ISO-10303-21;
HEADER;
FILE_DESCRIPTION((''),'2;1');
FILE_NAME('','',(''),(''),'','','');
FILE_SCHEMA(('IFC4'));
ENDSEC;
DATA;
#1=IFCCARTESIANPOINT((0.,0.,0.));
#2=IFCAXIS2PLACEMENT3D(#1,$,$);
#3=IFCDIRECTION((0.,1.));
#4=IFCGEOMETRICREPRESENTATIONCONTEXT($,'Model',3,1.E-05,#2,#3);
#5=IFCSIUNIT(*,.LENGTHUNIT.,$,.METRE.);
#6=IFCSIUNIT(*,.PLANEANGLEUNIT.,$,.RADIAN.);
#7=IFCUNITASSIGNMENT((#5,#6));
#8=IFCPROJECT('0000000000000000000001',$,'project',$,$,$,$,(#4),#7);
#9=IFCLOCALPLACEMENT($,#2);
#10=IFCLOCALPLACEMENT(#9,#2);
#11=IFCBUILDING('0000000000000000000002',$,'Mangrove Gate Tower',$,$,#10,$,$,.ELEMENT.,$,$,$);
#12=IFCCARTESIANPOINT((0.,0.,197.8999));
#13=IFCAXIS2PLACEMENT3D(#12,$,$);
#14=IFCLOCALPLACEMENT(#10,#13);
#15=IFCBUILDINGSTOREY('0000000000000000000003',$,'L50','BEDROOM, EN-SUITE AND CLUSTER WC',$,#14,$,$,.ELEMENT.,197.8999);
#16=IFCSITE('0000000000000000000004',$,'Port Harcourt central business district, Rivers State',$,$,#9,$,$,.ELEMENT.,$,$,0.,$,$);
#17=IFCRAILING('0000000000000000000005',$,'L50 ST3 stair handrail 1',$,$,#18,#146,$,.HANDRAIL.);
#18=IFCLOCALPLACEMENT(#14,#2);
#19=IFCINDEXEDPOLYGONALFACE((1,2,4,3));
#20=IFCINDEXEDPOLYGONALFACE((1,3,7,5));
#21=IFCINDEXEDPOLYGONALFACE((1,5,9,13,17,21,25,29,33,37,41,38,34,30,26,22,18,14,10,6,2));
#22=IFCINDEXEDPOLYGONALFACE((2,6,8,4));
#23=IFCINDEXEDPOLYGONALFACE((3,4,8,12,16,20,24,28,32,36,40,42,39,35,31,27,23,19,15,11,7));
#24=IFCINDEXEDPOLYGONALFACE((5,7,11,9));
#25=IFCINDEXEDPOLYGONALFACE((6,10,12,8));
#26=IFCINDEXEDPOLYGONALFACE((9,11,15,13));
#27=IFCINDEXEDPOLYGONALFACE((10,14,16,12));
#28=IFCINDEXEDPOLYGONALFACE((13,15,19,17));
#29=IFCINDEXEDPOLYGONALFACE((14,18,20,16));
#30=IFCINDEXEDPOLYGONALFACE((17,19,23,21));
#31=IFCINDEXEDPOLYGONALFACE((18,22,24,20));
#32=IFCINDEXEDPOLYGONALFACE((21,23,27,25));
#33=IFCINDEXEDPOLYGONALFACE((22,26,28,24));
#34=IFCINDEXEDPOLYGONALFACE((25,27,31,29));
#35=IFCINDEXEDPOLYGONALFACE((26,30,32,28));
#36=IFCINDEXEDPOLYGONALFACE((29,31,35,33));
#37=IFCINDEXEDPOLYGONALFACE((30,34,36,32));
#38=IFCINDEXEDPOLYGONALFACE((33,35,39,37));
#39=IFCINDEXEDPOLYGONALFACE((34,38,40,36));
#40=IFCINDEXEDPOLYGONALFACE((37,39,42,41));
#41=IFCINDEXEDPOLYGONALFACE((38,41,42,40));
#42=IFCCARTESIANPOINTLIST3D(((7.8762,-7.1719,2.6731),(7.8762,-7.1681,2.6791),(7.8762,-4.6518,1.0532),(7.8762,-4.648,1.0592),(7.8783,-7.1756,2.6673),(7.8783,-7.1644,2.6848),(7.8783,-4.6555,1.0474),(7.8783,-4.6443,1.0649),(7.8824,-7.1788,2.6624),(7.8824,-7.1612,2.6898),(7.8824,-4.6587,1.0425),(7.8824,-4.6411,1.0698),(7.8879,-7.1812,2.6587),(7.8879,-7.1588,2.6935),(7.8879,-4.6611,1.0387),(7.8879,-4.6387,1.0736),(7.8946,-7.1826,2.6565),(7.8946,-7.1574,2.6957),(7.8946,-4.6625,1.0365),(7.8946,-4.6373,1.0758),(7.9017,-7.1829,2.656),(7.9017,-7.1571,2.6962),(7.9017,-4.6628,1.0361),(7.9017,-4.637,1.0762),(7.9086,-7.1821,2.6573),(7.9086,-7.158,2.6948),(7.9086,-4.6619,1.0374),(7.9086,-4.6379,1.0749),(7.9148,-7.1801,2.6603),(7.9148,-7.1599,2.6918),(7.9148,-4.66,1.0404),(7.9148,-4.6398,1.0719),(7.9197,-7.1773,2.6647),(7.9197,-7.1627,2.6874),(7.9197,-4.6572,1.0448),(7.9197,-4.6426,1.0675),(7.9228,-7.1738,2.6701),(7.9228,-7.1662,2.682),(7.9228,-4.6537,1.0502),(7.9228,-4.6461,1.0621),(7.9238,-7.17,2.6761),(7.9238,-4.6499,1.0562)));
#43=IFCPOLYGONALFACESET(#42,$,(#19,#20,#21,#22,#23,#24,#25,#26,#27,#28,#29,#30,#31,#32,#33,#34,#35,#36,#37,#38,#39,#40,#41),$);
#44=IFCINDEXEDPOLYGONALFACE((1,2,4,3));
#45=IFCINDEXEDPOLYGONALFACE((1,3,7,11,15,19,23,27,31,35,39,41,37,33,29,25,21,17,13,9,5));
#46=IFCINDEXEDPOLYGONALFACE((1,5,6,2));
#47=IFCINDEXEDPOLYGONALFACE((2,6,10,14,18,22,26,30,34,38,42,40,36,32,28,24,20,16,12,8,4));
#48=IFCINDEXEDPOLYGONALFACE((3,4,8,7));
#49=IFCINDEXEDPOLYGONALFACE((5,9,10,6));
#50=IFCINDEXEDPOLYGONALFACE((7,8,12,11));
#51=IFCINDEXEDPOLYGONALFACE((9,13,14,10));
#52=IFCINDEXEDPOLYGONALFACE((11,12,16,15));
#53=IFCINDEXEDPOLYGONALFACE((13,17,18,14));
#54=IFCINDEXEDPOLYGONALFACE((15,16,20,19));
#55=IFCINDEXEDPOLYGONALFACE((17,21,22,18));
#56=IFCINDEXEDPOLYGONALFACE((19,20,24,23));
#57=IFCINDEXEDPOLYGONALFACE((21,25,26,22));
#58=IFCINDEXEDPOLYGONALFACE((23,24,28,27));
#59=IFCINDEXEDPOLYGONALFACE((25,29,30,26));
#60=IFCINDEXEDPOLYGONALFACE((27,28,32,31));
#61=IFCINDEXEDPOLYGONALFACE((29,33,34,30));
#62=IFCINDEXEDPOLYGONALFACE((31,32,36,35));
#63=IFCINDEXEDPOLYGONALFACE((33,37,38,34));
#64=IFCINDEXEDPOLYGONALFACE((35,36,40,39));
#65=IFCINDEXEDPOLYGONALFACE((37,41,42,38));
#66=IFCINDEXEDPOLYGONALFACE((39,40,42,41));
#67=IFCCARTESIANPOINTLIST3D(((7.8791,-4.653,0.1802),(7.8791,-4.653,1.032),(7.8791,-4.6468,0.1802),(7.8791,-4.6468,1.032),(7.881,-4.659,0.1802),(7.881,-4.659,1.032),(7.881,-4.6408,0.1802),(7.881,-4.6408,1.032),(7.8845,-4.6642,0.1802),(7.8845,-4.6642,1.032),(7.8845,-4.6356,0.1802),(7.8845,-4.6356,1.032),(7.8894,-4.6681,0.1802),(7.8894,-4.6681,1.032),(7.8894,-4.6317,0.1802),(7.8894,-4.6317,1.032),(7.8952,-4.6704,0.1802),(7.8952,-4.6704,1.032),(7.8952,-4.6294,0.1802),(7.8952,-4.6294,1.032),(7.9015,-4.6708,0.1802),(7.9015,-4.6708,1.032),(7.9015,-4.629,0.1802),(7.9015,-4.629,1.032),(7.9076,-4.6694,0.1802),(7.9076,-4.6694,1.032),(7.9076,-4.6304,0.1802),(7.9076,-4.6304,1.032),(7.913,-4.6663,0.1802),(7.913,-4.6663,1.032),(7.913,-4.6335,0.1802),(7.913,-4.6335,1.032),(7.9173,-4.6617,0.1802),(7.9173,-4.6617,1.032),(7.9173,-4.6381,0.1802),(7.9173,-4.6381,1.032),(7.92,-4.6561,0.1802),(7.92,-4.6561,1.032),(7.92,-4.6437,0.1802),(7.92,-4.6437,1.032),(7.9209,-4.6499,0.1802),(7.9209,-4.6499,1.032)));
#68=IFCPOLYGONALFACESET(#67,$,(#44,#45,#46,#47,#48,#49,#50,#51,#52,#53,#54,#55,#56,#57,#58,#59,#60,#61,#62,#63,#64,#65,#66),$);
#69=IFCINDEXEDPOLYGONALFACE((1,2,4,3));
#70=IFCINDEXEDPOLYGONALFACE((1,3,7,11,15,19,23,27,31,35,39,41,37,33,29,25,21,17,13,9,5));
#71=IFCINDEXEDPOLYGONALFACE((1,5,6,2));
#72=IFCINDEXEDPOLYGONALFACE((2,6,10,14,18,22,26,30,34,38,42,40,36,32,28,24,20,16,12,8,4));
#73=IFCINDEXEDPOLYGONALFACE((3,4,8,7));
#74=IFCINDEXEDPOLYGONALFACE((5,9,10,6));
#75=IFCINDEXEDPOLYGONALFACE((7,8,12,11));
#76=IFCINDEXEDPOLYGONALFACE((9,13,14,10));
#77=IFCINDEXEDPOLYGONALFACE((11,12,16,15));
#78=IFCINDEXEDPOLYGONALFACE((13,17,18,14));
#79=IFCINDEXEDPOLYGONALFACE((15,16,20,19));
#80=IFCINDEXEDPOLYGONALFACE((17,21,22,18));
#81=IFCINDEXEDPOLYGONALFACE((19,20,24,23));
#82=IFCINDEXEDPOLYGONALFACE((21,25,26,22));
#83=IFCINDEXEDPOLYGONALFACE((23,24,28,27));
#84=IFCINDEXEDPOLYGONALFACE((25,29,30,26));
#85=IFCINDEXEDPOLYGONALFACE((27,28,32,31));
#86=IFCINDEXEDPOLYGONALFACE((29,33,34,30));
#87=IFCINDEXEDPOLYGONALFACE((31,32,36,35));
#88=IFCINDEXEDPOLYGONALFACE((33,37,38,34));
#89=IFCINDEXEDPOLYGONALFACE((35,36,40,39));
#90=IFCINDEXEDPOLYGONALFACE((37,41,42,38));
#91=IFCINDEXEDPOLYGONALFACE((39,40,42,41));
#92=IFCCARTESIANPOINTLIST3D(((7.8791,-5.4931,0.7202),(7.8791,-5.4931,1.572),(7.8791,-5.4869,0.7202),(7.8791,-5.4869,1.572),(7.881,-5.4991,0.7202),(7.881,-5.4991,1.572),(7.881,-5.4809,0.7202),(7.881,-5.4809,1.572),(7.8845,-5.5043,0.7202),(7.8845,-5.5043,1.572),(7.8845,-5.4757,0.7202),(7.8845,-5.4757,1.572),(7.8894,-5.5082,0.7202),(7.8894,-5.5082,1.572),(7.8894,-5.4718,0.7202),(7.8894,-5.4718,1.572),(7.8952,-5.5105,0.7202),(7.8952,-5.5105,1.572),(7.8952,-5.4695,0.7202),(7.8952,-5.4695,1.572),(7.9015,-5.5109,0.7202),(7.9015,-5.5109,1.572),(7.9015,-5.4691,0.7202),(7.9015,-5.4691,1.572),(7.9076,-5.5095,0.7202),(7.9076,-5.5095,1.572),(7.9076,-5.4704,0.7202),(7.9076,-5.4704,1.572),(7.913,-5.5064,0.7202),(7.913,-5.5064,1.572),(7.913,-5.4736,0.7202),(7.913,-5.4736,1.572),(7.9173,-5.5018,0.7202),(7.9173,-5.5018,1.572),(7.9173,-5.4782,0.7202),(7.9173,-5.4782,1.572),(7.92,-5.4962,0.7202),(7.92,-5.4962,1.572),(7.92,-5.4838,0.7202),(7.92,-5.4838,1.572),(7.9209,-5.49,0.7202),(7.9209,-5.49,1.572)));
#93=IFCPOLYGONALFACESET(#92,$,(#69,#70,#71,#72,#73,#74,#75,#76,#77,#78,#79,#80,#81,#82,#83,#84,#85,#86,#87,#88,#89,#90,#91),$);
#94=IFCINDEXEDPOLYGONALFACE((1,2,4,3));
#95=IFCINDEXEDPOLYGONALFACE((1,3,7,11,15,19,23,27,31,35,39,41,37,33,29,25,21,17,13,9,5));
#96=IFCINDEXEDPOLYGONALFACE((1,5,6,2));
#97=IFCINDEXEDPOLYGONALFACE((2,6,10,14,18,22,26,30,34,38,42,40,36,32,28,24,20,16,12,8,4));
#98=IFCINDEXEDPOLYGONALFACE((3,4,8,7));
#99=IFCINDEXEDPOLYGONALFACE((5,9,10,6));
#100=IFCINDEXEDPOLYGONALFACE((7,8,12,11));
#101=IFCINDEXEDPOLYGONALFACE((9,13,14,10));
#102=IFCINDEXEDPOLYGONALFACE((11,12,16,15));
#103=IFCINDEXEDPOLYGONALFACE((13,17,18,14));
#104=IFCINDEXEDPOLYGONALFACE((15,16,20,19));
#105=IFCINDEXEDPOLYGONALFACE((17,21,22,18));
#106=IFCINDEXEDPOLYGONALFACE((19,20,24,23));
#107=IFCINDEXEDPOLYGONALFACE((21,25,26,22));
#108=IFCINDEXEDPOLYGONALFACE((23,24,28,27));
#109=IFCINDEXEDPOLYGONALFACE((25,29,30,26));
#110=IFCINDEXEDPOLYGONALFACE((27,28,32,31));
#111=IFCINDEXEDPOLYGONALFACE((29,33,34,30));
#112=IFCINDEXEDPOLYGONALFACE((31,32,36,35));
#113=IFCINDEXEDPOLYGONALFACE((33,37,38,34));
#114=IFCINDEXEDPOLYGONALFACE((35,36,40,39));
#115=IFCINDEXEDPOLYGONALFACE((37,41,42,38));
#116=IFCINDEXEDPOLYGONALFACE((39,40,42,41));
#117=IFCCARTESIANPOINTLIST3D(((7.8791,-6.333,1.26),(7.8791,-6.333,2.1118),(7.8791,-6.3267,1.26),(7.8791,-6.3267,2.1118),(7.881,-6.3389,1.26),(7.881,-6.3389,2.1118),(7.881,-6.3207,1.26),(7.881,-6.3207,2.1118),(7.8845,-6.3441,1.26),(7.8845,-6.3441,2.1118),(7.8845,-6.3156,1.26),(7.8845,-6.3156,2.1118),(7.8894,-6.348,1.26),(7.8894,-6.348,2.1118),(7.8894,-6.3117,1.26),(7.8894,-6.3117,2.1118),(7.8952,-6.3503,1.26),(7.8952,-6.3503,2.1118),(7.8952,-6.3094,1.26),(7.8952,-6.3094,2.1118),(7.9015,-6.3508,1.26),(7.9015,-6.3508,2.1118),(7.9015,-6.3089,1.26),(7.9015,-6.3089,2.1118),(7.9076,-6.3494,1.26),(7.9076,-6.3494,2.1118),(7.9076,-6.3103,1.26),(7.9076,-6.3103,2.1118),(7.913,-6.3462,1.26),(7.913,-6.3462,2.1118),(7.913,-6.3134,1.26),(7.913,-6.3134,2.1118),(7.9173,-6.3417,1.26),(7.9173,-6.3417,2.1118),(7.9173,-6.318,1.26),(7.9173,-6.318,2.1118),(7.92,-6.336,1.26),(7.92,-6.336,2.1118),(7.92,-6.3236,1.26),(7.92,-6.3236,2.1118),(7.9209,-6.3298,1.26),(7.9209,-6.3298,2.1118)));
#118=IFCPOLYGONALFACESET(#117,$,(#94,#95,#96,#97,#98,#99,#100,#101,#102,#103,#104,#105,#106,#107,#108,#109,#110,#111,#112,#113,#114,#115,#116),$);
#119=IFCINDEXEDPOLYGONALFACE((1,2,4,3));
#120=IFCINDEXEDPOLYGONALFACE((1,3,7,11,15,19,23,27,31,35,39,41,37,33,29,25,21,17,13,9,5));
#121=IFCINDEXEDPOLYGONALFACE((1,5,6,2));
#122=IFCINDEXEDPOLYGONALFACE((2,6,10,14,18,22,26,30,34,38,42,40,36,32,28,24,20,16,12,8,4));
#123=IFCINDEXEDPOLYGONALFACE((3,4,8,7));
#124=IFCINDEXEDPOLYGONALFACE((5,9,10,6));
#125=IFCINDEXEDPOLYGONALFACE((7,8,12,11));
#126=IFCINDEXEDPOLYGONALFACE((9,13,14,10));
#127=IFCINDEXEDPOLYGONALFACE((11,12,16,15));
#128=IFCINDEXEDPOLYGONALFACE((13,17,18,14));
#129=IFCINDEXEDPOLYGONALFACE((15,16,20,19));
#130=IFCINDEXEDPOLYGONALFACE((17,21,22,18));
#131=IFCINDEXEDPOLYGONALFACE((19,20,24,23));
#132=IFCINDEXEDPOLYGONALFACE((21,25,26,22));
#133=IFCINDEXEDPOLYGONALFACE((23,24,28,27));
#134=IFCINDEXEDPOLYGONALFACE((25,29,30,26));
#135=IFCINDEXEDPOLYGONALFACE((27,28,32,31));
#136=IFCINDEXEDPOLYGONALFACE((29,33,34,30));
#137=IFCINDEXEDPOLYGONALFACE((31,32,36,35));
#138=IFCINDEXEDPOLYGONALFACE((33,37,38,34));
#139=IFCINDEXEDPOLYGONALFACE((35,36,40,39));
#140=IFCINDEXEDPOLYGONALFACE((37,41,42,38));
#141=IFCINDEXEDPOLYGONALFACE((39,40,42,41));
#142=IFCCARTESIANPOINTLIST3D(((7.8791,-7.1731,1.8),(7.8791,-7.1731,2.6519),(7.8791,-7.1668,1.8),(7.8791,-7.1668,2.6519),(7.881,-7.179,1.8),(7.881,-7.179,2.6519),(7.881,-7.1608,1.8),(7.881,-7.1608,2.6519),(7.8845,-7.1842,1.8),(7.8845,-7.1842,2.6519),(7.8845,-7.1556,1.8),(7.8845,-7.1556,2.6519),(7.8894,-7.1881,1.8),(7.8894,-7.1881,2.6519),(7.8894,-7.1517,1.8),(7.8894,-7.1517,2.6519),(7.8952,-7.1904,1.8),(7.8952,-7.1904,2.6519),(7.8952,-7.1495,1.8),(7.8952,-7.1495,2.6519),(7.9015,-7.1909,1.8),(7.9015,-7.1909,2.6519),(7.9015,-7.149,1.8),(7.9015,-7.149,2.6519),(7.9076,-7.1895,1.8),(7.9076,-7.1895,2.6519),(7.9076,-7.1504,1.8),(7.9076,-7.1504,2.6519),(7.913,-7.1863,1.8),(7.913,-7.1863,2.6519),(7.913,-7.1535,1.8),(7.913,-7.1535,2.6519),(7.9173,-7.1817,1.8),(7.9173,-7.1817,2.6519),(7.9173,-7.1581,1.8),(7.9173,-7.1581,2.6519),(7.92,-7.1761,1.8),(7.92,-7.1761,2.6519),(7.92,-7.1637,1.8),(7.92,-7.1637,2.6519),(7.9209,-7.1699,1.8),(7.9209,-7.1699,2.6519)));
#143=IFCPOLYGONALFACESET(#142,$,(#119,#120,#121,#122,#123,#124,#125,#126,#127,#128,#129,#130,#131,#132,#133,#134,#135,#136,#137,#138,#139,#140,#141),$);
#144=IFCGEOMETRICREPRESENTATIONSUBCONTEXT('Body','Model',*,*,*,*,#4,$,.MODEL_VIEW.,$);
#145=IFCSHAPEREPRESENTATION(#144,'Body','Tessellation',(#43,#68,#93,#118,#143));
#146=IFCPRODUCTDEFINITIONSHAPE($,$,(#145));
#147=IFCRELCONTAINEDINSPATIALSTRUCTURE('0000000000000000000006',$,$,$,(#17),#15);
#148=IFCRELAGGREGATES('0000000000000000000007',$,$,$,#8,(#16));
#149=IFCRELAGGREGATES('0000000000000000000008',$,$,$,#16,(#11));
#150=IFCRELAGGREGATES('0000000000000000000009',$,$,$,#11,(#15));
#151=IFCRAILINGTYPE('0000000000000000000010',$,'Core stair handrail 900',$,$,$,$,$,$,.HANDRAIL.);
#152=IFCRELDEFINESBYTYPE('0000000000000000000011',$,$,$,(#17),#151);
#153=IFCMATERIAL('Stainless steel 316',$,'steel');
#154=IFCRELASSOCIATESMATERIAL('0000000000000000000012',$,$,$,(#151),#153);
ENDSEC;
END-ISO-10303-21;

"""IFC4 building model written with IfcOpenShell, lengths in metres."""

from ifc_helpers import new_model, si_unit, direction, frame, origin, origin_2d, place, context, subcontext, project, spatial, circle, extrude, material, type_object, element, save


model = new_model("IFC4")

# Units and contexts
model_context = context("Model", 3, precision=1e-05, world=origin(), true_north=direction((0.0, 1.0)))
body_context = subcontext(model_context, "Body", "Model", "MODEL_VIEW")
ifc_project = project(units=[si_unit("LENGTHUNIT", "METRE"), si_unit("PLANEANGLEUNIT", "RADIAN")], contexts=[model_context])

# Site, building, storey
site_placement = place(None, origin())
site = spatial("IfcSite", under=ifc_project, at=site_placement, Name="Port Harcourt central business district, Rivers State", CompositionType="ELEMENT", RefElevation=0.0)
building_placement = place(site_placement, origin())
building = spatial("IfcBuilding", under=site, at=building_placement, Name="Mangrove Gate Tower", CompositionType="ELEMENT")
storey_placement = place(building_placement, frame((0.0, 0.0, 197.8999)))
storey = spatial("IfcBuildingStorey", under=building, at=storey_placement, Name="L50", Description="BEDROOM, EN-SUITE AND CLUSTER WC", CompositionType="ELEMENT", Elevation=197.8999)

# Railing
ifc_material_1 = material(Name="Stainless steel 316", Category="steel")
railing_type_1 = type_object("IfcRailingType", Name="Core stair handrail 900", PredefinedType="HANDRAIL", material=ifc_material_1)
railing_1_placement = place(storey_placement, frame((7.8999, -4.6499, 0.1802)))
element("IfcRailing", 1, at=railing_1_placement, inside=storey, type_object=railing_type_1, Name="L50 ST3 stair handrail 1", PredefinedType="HANDRAIL", context=body_context, shape_type="SweptSolid", body=[
    extrude(circle(Radius=0.0239, at=origin_2d()), frame((0.0, 0.0, 0.876), z_axis=(0.0, -0.8412, 0.540725), x_axis=(1.0, 0.0, 0.0)), (0.0, 0.0, 1.0), 2.9958),
    extrude(circle(Radius=0.021, at=origin_2d()), origin(), (0.0, 0.0, 1.0), 0.8518),
    extrude(circle(Radius=0.021, at=origin_2d()), frame((0.0, -0.8401, 0.54)), (0.0, 0.0, 1.0), 0.8518),
    extrude(circle(Radius=0.021, at=origin_2d()), frame((0.0, -1.6799, 1.0798)), (0.0, 0.0, 1.0), 0.8518),
    extrude(circle(Radius=0.021, at=origin_2d()), frame((0.0, -2.52, 1.6199)), (0.0, 0.0, 1.0), 0.8518),
])

save(model, "model.ifc")
